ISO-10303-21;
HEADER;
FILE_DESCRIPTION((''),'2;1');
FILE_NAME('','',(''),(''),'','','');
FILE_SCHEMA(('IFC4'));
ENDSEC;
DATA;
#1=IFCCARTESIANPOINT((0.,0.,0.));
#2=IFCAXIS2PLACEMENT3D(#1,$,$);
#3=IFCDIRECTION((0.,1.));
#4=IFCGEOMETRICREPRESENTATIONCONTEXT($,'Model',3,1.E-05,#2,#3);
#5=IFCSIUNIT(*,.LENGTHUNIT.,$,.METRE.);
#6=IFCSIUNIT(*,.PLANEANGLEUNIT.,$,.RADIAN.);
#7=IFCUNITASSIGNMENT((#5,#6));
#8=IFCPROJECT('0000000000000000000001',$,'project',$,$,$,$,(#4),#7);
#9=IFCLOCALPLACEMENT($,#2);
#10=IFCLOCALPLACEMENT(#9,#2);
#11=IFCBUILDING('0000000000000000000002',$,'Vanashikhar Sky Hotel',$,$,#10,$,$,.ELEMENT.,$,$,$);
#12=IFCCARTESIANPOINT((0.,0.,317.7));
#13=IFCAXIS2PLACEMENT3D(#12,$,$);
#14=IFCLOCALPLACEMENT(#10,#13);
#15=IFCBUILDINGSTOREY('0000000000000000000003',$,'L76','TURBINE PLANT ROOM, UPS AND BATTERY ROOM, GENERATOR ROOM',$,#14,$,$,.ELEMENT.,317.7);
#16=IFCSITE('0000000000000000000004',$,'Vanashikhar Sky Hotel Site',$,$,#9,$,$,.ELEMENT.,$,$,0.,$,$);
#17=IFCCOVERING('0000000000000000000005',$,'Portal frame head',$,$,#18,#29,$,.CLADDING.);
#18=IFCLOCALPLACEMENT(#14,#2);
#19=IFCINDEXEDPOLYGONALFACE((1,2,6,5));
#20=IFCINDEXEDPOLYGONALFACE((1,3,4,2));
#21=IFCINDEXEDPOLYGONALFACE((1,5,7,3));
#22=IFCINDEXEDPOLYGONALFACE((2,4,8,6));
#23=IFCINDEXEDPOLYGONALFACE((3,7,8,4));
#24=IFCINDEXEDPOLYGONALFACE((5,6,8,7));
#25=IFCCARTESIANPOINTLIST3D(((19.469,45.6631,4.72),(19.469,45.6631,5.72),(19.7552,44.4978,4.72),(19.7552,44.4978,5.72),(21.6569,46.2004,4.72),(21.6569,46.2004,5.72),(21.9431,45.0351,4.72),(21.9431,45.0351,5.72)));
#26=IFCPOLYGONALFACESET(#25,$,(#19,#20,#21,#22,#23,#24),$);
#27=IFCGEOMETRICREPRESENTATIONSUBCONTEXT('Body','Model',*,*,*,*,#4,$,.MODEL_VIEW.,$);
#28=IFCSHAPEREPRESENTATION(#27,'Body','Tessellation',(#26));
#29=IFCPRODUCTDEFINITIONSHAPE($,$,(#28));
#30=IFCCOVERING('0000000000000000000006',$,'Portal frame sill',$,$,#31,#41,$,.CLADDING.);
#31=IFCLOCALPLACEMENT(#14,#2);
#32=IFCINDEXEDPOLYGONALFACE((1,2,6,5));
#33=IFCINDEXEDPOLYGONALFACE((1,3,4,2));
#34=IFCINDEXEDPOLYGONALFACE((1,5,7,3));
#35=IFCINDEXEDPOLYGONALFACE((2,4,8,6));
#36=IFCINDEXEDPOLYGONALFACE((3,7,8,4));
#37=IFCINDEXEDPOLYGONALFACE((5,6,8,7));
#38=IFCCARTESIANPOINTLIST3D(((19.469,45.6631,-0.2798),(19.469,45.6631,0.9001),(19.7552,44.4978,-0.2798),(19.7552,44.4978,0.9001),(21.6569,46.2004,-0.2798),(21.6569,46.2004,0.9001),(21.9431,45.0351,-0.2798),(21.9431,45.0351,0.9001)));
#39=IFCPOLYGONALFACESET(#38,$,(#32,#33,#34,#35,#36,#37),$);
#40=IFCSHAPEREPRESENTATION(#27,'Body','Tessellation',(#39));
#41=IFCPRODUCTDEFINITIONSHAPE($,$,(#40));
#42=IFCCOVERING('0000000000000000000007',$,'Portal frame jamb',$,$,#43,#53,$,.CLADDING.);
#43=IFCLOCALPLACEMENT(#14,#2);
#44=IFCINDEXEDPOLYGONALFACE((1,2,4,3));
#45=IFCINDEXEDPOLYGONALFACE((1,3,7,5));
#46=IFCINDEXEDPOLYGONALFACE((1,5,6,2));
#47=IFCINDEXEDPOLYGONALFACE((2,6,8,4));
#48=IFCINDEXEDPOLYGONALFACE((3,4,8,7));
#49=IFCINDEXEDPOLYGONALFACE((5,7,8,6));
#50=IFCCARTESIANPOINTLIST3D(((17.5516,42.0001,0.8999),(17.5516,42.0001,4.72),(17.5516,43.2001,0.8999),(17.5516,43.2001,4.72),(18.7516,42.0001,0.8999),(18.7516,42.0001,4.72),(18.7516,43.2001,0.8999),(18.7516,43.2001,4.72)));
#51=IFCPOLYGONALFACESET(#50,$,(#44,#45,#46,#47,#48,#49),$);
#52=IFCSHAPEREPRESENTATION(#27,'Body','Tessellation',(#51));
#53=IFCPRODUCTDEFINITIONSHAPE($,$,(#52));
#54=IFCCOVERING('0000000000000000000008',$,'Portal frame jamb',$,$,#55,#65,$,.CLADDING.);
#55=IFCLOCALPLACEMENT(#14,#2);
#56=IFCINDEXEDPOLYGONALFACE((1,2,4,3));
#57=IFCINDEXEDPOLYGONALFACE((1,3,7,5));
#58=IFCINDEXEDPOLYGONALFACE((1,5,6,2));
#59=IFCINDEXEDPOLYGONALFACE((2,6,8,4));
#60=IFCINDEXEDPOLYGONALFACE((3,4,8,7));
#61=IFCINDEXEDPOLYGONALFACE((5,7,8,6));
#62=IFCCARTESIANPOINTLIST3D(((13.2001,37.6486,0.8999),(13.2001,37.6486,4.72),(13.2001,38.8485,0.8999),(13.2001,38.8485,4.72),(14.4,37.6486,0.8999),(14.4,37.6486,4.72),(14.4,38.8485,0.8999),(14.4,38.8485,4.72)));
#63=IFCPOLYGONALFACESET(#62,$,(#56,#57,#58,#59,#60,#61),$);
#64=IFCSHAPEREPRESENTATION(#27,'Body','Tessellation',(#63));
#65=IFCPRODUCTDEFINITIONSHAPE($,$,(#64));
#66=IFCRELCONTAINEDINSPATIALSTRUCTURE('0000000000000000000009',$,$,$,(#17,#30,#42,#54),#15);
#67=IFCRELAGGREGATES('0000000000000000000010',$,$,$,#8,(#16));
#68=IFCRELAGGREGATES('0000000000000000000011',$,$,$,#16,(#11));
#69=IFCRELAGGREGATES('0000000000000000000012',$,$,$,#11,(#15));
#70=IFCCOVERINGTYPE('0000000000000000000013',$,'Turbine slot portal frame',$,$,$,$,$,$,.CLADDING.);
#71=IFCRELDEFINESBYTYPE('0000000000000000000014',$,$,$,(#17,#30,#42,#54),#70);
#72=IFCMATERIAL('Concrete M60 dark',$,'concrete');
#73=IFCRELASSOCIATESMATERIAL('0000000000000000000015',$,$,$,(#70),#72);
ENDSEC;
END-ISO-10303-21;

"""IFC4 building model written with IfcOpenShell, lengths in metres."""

from ifc_helpers import new_model, si_unit, direction, frame, origin, origin_2d, place, context, subcontext, project, spatial, rectangle, extrude, source, transform, mapped, material, type_object, element, save


model = new_model("IFC4")

# Units and contexts
model_context = context("Model", 3, precision=1e-05, world=origin(), true_north=direction((0.0, 1.0)))
body_context = subcontext(model_context, "Body", "Model", "MODEL_VIEW")
ifc_project = project(units=[si_unit("LENGTHUNIT", "METRE"), si_unit("PLANEANGLEUNIT", "RADIAN")], contexts=[model_context])

# Site, building, storey
site_placement = place(None, origin())
site = spatial("IfcSite", under=ifc_project, at=site_placement, Name="Vanashikhar Sky Hotel Site", CompositionType="ELEMENT", RefElevation=0.0)
building_placement = place(site_placement, origin())
building = spatial("IfcBuilding", under=site, at=building_placement, Name="Vanashikhar Sky Hotel", CompositionType="ELEMENT")
storey_placement = place(building_placement, frame((0.0, 0.0, 317.7)))
storey = spatial("IfcBuildingStorey", under=building, at=storey_placement, Name="L76", Description="TURBINE PLANT ROOM, UPS AND BATTERY ROOM, GENERATOR ROOM", CompositionType="ELEMENT", Elevation=317.7)

# Shared definitions
ifc_material_1 = material(Name="Concrete M60 dark", Category="concrete")
covering_type = type_object("IfcCoveringType", Name="Turbine slot portal frame", PredefinedType="CLADDING", material=ifc_material_1)

# Coverings
shared_shape_1 = source(origin(), body_context, "Body", "SweptSolid", [
    extrude(rectangle(XDim=2.2529, YDim=1.2, at=origin_2d()), origin(), (0.0, 0.0, 1.0), 1.0),
])
covering_1_placement = place(storey_placement, frame((20.7061, 45.3491, 4.72), z_axis=(0.0, 0.0, 1.0), x_axis=(-0.971147, -0.238483, 0.0)))
element("IfcCovering", 1, at=covering_1_placement, inside=storey, type_object=covering_type, Name="Portal frame head", PredefinedType="CLADDING", context=body_context, shape_type="MappedRepresentation", body=[
    mapped(shared_shape_1, transform((0.0, 0.0, 0.0), scale=1.0)),
])
shared_shape_2 = source(origin(), body_context, "Body", "SweptSolid", [
    extrude(rectangle(XDim=2.2529, YDim=1.2, at=origin_2d()), origin(), (0.0, 0.0, 1.0), 1.1799),
])
covering_2_placement = place(storey_placement, frame((20.7061, 45.3491, -0.2798), z_axis=(0.0, 0.0, 1.0), x_axis=(-0.971147, -0.238483, 0.0)))
element("IfcCovering", 2, at=covering_2_placement, inside=storey, type_object=covering_type, Name="Portal frame sill", PredefinedType="CLADDING", context=body_context, shape_type="MappedRepresentation", body=[
    mapped(shared_shape_2, transform((0.0, 0.0, 0.0), scale=1.0)),
])
shared_shape_3 = source(origin(), body_context, "Body", "SweptSolid", [
    extrude(rectangle(XDim=1.2, YDim=1.2, at=origin_2d()), origin(), (0.0, 0.0, 1.0), 3.8201),
])
for number, where, z_axis, x_axis, name in (
    (3, (18.1516, 42.6001, 0.8999), (0.0, 0.0, 1.0), (1.0, 0.0, 0.0), "Portal frame jamb"),
    (4, (13.8, 38.2485, 0.8999), (0.0, 0.0, 1.0), (1.0, 0.0, 0.0), "Portal frame jamb"),
):
    element("IfcCovering", number, at=place(storey_placement, frame(where, z_axis=z_axis, x_axis=x_axis)), inside=storey, type_object=covering_type, Name=name, PredefinedType="CLADDING", context=body_context, shape_type="MappedRepresentation", body=[
        mapped(shared_shape_3, transform((0.0, 0.0, 0.0), scale=1.0)),
    ])

save(model, "model.ifc")
